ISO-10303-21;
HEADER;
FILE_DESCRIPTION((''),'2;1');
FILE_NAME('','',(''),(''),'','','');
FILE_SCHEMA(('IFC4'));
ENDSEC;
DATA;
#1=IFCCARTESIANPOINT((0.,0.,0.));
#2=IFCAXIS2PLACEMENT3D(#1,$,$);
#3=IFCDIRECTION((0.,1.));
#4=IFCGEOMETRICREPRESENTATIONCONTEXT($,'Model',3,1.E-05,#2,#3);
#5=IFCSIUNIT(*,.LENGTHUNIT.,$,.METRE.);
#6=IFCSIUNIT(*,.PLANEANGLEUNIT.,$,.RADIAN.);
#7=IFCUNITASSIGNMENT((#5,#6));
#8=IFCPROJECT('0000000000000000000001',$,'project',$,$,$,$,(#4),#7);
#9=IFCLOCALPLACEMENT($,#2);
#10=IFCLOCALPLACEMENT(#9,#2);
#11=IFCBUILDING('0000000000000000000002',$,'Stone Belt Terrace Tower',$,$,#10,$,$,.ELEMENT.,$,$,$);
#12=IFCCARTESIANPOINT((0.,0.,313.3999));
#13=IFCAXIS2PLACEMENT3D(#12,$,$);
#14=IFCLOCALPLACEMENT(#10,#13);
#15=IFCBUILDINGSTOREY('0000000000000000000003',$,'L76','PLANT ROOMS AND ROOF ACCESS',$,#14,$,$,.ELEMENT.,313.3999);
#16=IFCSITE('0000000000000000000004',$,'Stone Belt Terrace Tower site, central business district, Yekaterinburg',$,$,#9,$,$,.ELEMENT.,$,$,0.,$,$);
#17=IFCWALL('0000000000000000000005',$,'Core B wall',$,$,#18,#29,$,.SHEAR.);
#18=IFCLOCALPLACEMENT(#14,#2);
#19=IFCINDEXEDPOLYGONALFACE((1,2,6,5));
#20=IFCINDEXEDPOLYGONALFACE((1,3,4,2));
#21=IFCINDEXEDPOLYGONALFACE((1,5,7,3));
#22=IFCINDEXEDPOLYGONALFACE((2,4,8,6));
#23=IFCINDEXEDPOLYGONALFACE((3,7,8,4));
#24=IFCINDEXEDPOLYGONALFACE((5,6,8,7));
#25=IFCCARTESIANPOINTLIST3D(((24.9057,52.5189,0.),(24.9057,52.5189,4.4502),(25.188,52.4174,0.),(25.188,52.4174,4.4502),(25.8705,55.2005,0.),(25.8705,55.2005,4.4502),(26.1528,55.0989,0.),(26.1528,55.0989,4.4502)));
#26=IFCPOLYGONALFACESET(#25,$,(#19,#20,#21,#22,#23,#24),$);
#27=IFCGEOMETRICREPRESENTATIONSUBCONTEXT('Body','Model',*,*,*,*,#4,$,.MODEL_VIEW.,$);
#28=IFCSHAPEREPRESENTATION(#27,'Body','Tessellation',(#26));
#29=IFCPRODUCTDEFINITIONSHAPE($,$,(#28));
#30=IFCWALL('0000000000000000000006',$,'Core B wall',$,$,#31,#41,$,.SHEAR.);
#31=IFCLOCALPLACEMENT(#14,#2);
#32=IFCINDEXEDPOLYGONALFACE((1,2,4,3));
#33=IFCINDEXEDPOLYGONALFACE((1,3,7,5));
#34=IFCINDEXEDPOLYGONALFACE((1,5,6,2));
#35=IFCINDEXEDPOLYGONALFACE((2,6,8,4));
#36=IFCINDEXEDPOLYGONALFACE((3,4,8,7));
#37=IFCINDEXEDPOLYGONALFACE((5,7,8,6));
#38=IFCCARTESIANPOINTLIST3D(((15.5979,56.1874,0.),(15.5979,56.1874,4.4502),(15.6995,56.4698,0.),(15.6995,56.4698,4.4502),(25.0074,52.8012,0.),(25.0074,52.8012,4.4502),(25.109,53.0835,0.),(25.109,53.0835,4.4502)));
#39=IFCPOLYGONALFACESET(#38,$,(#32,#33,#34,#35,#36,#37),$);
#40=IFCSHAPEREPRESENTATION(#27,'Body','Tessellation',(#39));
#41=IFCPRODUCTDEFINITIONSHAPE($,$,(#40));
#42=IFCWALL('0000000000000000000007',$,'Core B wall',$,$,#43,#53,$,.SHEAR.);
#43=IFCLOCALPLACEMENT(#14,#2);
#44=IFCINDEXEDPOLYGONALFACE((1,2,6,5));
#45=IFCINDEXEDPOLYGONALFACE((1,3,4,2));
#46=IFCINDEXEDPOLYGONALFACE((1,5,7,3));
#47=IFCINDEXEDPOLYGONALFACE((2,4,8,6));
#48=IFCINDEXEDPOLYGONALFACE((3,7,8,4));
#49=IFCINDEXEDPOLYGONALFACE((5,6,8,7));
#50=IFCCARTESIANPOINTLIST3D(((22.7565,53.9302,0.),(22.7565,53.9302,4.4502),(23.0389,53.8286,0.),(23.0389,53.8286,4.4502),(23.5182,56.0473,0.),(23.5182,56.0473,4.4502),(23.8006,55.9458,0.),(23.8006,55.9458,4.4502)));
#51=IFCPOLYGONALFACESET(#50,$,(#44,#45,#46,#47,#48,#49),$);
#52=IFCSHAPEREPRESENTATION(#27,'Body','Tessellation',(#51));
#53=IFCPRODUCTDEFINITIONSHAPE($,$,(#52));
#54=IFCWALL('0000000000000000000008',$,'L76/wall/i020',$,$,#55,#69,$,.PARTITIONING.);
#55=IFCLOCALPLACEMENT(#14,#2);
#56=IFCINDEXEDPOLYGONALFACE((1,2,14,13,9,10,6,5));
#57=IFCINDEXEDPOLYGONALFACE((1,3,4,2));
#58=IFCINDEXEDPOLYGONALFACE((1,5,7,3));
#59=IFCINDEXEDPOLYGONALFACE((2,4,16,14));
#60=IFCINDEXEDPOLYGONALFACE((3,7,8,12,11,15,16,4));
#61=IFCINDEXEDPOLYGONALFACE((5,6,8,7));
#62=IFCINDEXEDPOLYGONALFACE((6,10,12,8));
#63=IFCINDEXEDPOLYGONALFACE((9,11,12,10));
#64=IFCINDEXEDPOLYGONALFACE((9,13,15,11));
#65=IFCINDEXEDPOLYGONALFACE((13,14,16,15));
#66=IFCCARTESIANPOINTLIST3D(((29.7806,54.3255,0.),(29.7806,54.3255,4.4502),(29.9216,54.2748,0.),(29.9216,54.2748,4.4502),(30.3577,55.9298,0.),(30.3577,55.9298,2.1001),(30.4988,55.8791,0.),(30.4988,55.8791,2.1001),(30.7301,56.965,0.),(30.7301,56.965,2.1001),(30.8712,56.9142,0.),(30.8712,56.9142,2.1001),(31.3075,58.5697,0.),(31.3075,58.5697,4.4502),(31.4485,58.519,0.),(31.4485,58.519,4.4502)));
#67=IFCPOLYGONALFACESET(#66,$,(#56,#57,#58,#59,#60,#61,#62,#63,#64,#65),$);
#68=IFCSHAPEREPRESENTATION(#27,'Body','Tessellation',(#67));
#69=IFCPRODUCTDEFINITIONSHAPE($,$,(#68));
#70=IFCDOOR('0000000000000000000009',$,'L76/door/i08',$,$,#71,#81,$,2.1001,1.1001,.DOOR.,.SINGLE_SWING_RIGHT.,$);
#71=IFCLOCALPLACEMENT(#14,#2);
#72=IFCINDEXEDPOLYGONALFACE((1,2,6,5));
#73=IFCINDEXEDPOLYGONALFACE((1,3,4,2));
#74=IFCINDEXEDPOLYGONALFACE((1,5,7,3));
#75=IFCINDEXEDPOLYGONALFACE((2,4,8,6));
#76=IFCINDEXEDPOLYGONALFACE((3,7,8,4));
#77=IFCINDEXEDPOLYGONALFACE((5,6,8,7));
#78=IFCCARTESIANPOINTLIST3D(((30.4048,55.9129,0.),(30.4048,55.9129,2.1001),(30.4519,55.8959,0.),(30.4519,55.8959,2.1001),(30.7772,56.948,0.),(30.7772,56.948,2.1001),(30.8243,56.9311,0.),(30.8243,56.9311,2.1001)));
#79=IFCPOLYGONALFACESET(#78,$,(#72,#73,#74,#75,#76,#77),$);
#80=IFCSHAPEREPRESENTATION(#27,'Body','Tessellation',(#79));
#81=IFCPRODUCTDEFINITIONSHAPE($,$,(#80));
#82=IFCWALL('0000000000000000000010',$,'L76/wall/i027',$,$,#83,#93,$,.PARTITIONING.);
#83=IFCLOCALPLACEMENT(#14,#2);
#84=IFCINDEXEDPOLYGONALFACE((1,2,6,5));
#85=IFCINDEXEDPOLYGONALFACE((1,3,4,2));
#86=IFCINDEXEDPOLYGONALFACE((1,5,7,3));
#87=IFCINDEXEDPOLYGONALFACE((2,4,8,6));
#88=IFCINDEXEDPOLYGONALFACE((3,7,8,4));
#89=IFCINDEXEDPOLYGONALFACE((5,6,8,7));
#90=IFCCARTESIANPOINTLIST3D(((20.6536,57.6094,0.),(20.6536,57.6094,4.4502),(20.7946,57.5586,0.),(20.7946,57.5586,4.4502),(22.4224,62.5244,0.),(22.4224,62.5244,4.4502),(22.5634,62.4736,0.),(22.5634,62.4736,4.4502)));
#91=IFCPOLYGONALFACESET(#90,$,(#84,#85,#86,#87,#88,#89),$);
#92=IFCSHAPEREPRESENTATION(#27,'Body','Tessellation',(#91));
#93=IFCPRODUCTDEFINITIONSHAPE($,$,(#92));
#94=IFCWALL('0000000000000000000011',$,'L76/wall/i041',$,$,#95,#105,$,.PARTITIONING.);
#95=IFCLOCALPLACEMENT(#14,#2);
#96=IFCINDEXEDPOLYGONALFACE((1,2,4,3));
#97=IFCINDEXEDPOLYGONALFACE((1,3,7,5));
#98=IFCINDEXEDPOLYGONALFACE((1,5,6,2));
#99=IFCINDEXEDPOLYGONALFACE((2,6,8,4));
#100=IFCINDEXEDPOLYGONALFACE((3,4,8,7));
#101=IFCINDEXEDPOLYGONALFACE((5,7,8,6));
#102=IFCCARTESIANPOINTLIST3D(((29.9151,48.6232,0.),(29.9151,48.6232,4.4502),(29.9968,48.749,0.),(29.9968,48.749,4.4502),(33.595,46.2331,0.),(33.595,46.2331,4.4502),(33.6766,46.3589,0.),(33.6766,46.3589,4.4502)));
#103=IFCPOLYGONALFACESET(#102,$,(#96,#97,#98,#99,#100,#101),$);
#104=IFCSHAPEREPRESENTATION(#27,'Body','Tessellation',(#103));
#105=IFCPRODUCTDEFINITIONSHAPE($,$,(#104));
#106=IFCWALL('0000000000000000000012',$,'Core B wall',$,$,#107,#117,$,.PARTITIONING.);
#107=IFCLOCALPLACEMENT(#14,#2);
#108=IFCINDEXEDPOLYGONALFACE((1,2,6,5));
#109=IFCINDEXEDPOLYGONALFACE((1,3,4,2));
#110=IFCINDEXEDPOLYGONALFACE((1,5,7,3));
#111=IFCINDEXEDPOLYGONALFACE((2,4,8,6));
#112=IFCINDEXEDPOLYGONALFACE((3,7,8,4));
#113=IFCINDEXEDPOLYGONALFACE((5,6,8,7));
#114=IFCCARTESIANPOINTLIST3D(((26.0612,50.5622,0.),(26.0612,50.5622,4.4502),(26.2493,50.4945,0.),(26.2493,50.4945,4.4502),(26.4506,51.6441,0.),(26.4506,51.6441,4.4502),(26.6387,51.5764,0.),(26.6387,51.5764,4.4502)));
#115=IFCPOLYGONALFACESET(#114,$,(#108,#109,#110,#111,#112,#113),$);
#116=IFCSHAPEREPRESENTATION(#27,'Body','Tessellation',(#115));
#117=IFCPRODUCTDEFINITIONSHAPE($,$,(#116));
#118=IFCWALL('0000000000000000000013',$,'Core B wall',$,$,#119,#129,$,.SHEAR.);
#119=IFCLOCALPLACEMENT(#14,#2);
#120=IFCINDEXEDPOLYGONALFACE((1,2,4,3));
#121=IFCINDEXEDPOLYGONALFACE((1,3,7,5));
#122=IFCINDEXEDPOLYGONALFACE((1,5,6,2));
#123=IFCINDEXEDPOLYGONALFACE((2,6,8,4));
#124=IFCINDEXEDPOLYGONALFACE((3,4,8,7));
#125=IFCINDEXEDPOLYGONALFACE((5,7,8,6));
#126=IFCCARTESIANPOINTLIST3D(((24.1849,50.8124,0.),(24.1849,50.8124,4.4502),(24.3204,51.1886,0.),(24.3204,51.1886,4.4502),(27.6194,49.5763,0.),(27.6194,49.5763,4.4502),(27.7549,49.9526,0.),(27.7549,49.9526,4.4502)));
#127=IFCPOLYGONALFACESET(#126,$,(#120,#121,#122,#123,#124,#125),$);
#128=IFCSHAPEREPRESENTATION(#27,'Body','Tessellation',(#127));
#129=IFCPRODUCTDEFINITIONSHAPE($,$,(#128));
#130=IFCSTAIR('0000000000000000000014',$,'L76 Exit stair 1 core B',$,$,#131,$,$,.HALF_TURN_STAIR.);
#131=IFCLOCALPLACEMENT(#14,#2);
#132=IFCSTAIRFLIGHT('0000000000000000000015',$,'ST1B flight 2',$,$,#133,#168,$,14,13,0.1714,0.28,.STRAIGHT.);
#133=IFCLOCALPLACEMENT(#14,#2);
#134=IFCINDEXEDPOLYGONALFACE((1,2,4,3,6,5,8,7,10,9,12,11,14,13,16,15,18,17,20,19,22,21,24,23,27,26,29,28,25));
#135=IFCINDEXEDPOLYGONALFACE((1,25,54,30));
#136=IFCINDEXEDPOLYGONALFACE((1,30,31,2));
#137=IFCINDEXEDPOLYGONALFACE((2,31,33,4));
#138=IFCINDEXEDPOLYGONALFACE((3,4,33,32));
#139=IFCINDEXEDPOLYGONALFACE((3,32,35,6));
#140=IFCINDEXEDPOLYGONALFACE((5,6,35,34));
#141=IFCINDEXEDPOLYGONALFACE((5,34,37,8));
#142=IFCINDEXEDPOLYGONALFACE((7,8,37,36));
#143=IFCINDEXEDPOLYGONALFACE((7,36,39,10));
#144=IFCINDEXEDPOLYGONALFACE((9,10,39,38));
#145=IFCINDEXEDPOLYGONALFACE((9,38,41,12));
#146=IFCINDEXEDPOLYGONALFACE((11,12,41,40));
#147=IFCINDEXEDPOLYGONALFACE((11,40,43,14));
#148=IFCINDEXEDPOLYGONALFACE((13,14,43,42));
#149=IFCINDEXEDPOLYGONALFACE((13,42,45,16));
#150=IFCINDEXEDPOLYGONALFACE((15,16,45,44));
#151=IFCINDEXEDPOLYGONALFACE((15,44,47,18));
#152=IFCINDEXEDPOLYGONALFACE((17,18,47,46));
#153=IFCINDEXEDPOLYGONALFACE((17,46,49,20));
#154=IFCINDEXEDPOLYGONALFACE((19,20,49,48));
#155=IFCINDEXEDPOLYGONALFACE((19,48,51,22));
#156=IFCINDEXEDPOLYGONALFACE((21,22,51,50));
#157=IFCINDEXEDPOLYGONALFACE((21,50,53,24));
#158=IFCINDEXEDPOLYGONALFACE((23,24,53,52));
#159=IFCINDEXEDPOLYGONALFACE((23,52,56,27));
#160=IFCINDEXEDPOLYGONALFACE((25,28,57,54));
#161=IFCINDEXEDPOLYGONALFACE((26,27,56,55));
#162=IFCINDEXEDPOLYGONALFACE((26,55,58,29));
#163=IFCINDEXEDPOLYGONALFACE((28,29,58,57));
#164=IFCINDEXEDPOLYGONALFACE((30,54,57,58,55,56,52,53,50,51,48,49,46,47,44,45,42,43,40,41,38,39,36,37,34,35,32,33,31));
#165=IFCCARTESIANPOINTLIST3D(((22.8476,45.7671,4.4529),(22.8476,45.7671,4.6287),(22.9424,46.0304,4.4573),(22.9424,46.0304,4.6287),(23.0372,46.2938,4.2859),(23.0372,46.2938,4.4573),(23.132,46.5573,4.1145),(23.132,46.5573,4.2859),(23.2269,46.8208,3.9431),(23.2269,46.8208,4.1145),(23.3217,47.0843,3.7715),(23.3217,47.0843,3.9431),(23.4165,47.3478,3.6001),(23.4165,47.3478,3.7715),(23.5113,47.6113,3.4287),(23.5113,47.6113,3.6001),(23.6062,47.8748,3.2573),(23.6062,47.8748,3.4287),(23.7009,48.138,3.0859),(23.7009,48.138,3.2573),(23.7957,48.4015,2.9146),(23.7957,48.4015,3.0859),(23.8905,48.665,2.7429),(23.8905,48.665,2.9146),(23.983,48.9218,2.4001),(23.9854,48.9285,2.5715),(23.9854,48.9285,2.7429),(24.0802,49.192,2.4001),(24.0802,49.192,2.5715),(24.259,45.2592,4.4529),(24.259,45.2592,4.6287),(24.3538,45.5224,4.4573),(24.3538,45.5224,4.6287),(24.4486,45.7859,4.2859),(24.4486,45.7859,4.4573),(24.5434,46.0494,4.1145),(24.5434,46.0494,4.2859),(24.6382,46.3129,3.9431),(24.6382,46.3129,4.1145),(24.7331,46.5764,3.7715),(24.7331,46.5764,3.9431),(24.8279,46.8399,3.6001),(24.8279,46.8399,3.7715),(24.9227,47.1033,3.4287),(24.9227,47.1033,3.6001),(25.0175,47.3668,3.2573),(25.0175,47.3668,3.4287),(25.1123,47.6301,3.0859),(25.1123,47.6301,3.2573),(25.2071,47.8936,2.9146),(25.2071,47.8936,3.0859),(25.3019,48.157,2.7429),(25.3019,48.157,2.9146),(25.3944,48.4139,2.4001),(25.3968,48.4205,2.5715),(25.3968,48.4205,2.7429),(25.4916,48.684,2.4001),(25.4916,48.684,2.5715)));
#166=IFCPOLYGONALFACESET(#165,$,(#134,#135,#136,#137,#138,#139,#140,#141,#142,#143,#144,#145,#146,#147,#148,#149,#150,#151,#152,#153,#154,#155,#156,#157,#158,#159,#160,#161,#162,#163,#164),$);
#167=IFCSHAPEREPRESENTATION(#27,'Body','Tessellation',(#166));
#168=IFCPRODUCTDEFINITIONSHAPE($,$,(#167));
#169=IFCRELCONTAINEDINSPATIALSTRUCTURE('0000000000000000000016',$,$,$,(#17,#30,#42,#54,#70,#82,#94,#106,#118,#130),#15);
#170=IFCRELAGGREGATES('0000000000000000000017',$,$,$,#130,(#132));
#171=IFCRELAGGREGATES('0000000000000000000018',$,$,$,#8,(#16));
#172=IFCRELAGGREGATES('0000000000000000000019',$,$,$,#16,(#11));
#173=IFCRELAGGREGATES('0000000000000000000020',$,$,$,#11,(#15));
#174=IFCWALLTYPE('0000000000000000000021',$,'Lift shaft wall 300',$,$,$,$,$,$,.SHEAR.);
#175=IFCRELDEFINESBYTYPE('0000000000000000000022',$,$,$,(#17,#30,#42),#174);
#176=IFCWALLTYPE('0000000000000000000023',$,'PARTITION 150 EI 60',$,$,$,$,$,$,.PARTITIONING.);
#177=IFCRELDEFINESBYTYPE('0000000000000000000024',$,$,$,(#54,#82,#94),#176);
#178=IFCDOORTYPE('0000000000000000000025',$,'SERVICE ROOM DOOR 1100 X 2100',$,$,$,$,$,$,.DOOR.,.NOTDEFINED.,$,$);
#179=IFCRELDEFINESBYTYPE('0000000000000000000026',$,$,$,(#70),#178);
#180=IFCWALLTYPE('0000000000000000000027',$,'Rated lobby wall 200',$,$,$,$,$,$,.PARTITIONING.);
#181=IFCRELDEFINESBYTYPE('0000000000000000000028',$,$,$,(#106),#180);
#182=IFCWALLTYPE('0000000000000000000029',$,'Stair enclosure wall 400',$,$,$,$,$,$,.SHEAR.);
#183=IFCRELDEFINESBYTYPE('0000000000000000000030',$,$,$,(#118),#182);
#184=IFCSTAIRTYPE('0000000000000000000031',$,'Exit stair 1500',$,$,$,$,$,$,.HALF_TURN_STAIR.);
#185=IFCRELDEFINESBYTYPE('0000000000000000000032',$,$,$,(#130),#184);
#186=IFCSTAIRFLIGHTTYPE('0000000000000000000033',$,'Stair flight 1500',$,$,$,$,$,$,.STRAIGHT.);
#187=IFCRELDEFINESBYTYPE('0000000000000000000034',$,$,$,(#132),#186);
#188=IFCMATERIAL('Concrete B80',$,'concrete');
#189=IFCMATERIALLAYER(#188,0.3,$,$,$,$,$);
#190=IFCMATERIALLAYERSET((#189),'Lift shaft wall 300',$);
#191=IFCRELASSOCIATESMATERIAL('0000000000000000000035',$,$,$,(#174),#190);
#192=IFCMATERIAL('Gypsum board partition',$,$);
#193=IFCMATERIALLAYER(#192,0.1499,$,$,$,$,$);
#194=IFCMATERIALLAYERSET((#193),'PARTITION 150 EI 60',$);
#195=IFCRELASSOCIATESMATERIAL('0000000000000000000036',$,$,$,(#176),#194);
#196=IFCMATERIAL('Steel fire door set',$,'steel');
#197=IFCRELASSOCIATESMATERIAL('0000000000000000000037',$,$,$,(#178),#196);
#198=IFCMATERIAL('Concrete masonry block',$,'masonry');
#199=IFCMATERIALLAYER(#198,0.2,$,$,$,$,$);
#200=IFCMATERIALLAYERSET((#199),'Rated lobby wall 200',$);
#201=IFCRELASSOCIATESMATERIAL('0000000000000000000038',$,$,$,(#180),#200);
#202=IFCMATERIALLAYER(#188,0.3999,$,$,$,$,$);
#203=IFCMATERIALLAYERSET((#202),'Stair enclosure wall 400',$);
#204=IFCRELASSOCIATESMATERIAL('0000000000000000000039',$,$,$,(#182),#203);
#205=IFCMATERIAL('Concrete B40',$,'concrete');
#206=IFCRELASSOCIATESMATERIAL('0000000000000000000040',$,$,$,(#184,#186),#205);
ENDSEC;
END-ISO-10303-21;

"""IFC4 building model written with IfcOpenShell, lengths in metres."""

from ifc_helpers import new_model, si_unit, direction, frame, frame_2d, origin, place, context, subcontext, project, spatial, polyline, rectangle, outline, extrude, material, layer, layer_set, type_object, element, fill, aggregate, save


model = new_model("IFC4")

# Units and contexts
model_context = context("Model", 3, precision=1e-05, world=origin(), true_north=direction((0.0, 1.0)))
body_context = subcontext(model_context, "Body", "Model", "MODEL_VIEW")
ifc_project = project(units=[si_unit("LENGTHUNIT", "METRE"), si_unit("PLANEANGLEUNIT", "RADIAN")], contexts=[model_context])

# Site, building, storey
site_placement = place(None, origin())
site = spatial("IfcSite", under=ifc_project, at=site_placement, Name="Stone Belt Terrace Tower site, central business district, Yekaterinburg", CompositionType="ELEMENT", RefElevation=0.0)
building_placement = place(site_placement, origin())
building = spatial("IfcBuilding", under=site, at=building_placement, Name="Stone Belt Terrace Tower", CompositionType="ELEMENT")
storey_placement = place(building_placement, frame((0.0, 0.0, 313.3999)))
storey = spatial("IfcBuildingStorey", under=building, at=storey_placement, Name="L76", Description="PLANT ROOMS AND ROOF ACCESS", CompositionType="ELEMENT", Elevation=313.3999)

# Shared definitions
ifc_material_1 = material(Name="Concrete B80", Category="concrete")

# Shared definitions
ifc_layer_1 = layer(ifc_material_1, 0.3)
ifc_layer_set_1 = layer_set([ifc_layer_1], Name="Lift shaft wall 300")
wall_type_1 = type_object("IfcWallType", Name="Lift shaft wall 300", PredefinedType="SHEAR", material=ifc_layer_set_1)

# Walls
wall_1_placement = place(storey_placement, frame((25.0469, 52.4683, 0.0), z_axis=(0.0, 0.0, 1.0), x_axis=(0.33855, 0.940949, 0.0)))
element("IfcWall", 1, at=wall_1_placement, inside=storey, type_object=wall_type_1, Name="Core B wall", PredefinedType="SHEAR", context=body_context, shape_type="SweptSolid", body=[
    extrude(rectangle(XDim=2.8499, YDim=0.3, at=frame_2d((1.4248, 0.0))), origin(), (0.0, 0.0, 1.0), 4.4502),
])
wall_2_placement = place(storey_placement, frame((25.0581, 52.9424, 0.0), z_axis=(0.0, 0.0, 1.0), x_axis=(-0.940924, 0.338617, 0.0)))
element("IfcWall", 2, at=wall_2_placement, inside=storey, type_object=wall_type_1, Name="Core B wall", PredefinedType="SHEAR", context=body_context, shape_type="SweptSolid", body=[
    extrude(rectangle(XDim=10.0002, YDim=0.3, at=frame_2d((5.0, 0.0))), origin(), (0.0, 0.0, 1.0), 4.4502),
])
wall_3_placement = place(storey_placement, frame((22.8977, 53.8794, 0.0), z_axis=(0.0, 0.0, 1.0), x_axis=(0.338535, 0.940954, 0.0)))
element("IfcWall", 3, at=wall_3_placement, inside=storey, type_object=wall_type_1, Name="Core B wall", PredefinedType="SHEAR", context=body_context, shape_type="SweptSolid", body=[
    extrude(rectangle(XDim=2.25, YDim=0.3, at=frame_2d((1.125, 0.0))), origin(), (0.0, 0.0, 1.0), 4.4502),
])

# Wall, opening, door
ifc_material_2 = material(Name="Gypsum board partition")
ifc_layer_2 = layer(ifc_material_2, 0.1499)
ifc_layer_set_2 = layer_set([ifc_layer_2], Name="PARTITION 150 EI 60")
wall_type_2 = type_object("IfcWallType", Name="PARTITION 150 EI 60", PredefinedType="PARTITIONING", material=ifc_layer_set_2)
wall_4_placement = place(storey_placement, frame((29.8511, 54.3, 0.0), z_axis=(0.0, 0.0, 1.0), x_axis=(0.338516, 0.940961, 0.0)))
wall_4 = element("IfcWall", 4, at=wall_4_placement, inside=storey, type_object=wall_type_2, Name="L76/wall/i020", PredefinedType="PARTITIONING", context=body_context, shape_type="SweptSolid", body=[
    extrude(rectangle(XDim=4.5105, YDim=0.1499, at=frame_2d((2.2554, 0.0))), origin(), (0.0, 0.0, 1.0), 4.4502),
])
opening_1_placement = place(wall_4_placement, frame((1.7051, 0.0, 0.0)))
opening_1 = element("IfcOpeningElement", 5, at=opening_1_placement, cuts=wall_4, PredefinedType="OPENING", context=body_context, shape_type="SweptSolid", body=[
    extrude(rectangle(XDim=1.1001, YDim=2.1001, at=frame_2d((0.55, 1.05))), frame((0.0, 0.085, 0.0), z_axis=(0.0, -1.0, 0.0), x_axis=(1.0, 0.0, 0.0)), (0.0, 0.0, 1.0), 0.1699),
])
ifc_material_3 = material(Name="Steel fire door set", Category="steel")
door_type_1 = type_object("IfcDoorType", Name="SERVICE ROOM DOOR 1100 X 2100", OperationType="NOTDEFINED", PredefinedType="DOOR", material=ifc_material_3)
door_1_placement = place(opening_1_placement, origin())
door_1 = element("IfcDoor", 6, at=door_1_placement, inside=storey, type_object=door_type_1, Name="L76/door/i08", OperationType="SINGLE_SWING_RIGHT", OverallHeight=2.1001, OverallWidth=1.1001, PredefinedType="DOOR", context=body_context, shape_type="SweptSolid", body=[
    extrude(rectangle(XDim=1.1001, YDim=2.1001, at=frame_2d((0.55, 1.05))), frame((0.0, 0.0249, 0.0), z_axis=(0.0, -1.0, 0.0), x_axis=(1.0, 0.0, 0.0)), (0.0, 0.0, 1.0), 0.05),
])
fill(opening_1, door_1)

# Walls
wall_5_placement = place(storey_placement, frame((22.4929, 62.499, 0.0), z_axis=(0.0, 0.0, 1.0), x_axis=(-0.338615, -0.940925, 0.0)))
element("IfcWall", 7, at=wall_5_placement, inside=storey, type_object=wall_type_2, Name="L76/wall/i027", PredefinedType="PARTITIONING", context=body_context, shape_type="SweptSolid", body=[
    extrude(rectangle(XDim=5.2236, YDim=0.1499, at=frame_2d((2.6118, 0.0))), origin(), (0.0, 0.0, 1.0), 4.4502),
])
wall_6_placement = place(storey_placement, frame((29.9561, 48.686, 0.0), z_axis=(0.0, 0.0, 1.0), x_axis=(0.838633, -0.544697, 0.0)))
element("IfcWall", 8, at=wall_6_placement, inside=storey, type_object=wall_type_2, Name="L76/wall/i041", PredefinedType="PARTITIONING", context=body_context, shape_type="SweptSolid", body=[
    extrude(rectangle(XDim=4.3879, YDim=0.1499, at=frame_2d((2.1938, 0.0))), origin(), (0.0, 0.0, 1.0), 4.4502),
])
ifc_material_4 = material(Name="Concrete masonry block", Category="masonry")
ifc_layer_3 = layer(ifc_material_4, 0.2)
ifc_layer_set_3 = layer_set([ifc_layer_3], Name="Rated lobby wall 200")
wall_type_3 = type_object("IfcWallType", Name="Rated lobby wall 200", PredefinedType="PARTITIONING", material=ifc_layer_set_3)
wall_7_placement = place(storey_placement, frame((26.1553, 50.5283, 0.0), z_axis=(0.0, 0.0, 1.0), x_axis=(0.338622, 0.940923, 0.0)))
element("IfcWall", 9, at=wall_7_placement, inside=storey, type_object=wall_type_3, Name="Core B wall", PredefinedType="PARTITIONING", context=body_context, shape_type="SweptSolid", body=[
    extrude(rectangle(XDim=1.1499, YDim=0.2, at=frame_2d((0.575, 0.0))), origin(), (0.0, 0.0, 1.0), 4.4502),
])
ifc_layer_4 = layer(ifc_material_1, 0.3999)
ifc_layer_set_4 = layer_set([ifc_layer_4], Name="Stair enclosure wall 400")
wall_type_4 = type_object("IfcWallType", Name="Stair enclosure wall 400", PredefinedType="SHEAR", material=ifc_layer_set_4)
wall_8_placement = place(storey_placement, frame((27.6873, 49.7644, 0.0), z_axis=(0.0, 0.0, 1.0), x_axis=(-0.940919, 0.338632, 0.0)))
element("IfcWall", 10, at=wall_8_placement, inside=storey, type_object=wall_type_4, Name="Core B wall", PredefinedType="SHEAR", context=body_context, shape_type="SweptSolid", body=[
    extrude(rectangle(XDim=3.6501, YDim=0.3999, at=frame_2d((1.8252, 0.0))), origin(), (0.0, 0.0, 1.0), 4.4502),
])

# Stair, stair flight
ifc_material_5 = material(Name="Concrete B40", Category="concrete")
stair_type = type_object("IfcStairType", Name="Exit stair 1500", PredefinedType="HALF_TURN_STAIR", material=ifc_material_5)
stair_placement = place(storey_placement, origin())
stair = element("IfcStair", 11, at=stair_placement, inside=storey, type_object=stair_type, Name="L76 Exit stair 1 core B", PredefinedType="HALF_TURN_STAIR")
stair_flight_type = type_object("IfcStairFlightType", Name="Stair flight 1500", PredefinedType="STRAIGHT", material=ifc_material_5)
stair_flight_placement = place(storey_placement, frame((24.7859, 48.938, 2.4001), z_axis=(0.0, 0.0, 1.0), x_axis=(-0.338624, -0.940922, 0.0)))
stair_flight = element("IfcStairFlight", 12, at=stair_flight_placement, type_object=stair_flight_type, Name="ST1B flight 2", NumberOfRisers=14, NumberOfTreads=13, PredefinedType="STRAIGHT", RiserHeight=0.1714, TreadLength=0.28, context=body_context, shape_type="SweptSolid", body=[
    extrude(outline(polyline([(0.0, 0.0), (0.0, 0.1714), (0.28, 0.1714), (0.28, 0.3428), (0.5601, 0.3428), (0.5601, 0.5144), (0.8401, 0.5144), (0.8401, 0.6858), (1.1201, 0.6858), (1.1201, 0.8572), (1.3999, 0.8572), (1.3999, 1.0286), (1.6799, 1.0286), (1.6799, 1.2), (1.96, 1.2), (1.96, 1.3713), (2.24, 1.3713), (2.24, 1.543), (2.52, 1.543), (2.52, 1.7144), (2.8, 1.7144), (2.8, 1.8857), (3.0801, 1.8857), (3.0801, 2.0571), (3.3601, 2.0571), (3.3601, 2.2285), (3.6399, 2.2285), (3.6399, 2.3999), (3.6399, 2.0527), (0.2871, 0.0), (0.0, 0.0)])), frame((0.0, 0.75, 0.0), z_axis=(0.0, -1.0, 0.0), x_axis=(1.0, 0.0, 0.0)), (0.0, 0.0, 1.0), 1.5),
])
aggregate(stair, [stair_flight])

save(model, "model.ifc")
